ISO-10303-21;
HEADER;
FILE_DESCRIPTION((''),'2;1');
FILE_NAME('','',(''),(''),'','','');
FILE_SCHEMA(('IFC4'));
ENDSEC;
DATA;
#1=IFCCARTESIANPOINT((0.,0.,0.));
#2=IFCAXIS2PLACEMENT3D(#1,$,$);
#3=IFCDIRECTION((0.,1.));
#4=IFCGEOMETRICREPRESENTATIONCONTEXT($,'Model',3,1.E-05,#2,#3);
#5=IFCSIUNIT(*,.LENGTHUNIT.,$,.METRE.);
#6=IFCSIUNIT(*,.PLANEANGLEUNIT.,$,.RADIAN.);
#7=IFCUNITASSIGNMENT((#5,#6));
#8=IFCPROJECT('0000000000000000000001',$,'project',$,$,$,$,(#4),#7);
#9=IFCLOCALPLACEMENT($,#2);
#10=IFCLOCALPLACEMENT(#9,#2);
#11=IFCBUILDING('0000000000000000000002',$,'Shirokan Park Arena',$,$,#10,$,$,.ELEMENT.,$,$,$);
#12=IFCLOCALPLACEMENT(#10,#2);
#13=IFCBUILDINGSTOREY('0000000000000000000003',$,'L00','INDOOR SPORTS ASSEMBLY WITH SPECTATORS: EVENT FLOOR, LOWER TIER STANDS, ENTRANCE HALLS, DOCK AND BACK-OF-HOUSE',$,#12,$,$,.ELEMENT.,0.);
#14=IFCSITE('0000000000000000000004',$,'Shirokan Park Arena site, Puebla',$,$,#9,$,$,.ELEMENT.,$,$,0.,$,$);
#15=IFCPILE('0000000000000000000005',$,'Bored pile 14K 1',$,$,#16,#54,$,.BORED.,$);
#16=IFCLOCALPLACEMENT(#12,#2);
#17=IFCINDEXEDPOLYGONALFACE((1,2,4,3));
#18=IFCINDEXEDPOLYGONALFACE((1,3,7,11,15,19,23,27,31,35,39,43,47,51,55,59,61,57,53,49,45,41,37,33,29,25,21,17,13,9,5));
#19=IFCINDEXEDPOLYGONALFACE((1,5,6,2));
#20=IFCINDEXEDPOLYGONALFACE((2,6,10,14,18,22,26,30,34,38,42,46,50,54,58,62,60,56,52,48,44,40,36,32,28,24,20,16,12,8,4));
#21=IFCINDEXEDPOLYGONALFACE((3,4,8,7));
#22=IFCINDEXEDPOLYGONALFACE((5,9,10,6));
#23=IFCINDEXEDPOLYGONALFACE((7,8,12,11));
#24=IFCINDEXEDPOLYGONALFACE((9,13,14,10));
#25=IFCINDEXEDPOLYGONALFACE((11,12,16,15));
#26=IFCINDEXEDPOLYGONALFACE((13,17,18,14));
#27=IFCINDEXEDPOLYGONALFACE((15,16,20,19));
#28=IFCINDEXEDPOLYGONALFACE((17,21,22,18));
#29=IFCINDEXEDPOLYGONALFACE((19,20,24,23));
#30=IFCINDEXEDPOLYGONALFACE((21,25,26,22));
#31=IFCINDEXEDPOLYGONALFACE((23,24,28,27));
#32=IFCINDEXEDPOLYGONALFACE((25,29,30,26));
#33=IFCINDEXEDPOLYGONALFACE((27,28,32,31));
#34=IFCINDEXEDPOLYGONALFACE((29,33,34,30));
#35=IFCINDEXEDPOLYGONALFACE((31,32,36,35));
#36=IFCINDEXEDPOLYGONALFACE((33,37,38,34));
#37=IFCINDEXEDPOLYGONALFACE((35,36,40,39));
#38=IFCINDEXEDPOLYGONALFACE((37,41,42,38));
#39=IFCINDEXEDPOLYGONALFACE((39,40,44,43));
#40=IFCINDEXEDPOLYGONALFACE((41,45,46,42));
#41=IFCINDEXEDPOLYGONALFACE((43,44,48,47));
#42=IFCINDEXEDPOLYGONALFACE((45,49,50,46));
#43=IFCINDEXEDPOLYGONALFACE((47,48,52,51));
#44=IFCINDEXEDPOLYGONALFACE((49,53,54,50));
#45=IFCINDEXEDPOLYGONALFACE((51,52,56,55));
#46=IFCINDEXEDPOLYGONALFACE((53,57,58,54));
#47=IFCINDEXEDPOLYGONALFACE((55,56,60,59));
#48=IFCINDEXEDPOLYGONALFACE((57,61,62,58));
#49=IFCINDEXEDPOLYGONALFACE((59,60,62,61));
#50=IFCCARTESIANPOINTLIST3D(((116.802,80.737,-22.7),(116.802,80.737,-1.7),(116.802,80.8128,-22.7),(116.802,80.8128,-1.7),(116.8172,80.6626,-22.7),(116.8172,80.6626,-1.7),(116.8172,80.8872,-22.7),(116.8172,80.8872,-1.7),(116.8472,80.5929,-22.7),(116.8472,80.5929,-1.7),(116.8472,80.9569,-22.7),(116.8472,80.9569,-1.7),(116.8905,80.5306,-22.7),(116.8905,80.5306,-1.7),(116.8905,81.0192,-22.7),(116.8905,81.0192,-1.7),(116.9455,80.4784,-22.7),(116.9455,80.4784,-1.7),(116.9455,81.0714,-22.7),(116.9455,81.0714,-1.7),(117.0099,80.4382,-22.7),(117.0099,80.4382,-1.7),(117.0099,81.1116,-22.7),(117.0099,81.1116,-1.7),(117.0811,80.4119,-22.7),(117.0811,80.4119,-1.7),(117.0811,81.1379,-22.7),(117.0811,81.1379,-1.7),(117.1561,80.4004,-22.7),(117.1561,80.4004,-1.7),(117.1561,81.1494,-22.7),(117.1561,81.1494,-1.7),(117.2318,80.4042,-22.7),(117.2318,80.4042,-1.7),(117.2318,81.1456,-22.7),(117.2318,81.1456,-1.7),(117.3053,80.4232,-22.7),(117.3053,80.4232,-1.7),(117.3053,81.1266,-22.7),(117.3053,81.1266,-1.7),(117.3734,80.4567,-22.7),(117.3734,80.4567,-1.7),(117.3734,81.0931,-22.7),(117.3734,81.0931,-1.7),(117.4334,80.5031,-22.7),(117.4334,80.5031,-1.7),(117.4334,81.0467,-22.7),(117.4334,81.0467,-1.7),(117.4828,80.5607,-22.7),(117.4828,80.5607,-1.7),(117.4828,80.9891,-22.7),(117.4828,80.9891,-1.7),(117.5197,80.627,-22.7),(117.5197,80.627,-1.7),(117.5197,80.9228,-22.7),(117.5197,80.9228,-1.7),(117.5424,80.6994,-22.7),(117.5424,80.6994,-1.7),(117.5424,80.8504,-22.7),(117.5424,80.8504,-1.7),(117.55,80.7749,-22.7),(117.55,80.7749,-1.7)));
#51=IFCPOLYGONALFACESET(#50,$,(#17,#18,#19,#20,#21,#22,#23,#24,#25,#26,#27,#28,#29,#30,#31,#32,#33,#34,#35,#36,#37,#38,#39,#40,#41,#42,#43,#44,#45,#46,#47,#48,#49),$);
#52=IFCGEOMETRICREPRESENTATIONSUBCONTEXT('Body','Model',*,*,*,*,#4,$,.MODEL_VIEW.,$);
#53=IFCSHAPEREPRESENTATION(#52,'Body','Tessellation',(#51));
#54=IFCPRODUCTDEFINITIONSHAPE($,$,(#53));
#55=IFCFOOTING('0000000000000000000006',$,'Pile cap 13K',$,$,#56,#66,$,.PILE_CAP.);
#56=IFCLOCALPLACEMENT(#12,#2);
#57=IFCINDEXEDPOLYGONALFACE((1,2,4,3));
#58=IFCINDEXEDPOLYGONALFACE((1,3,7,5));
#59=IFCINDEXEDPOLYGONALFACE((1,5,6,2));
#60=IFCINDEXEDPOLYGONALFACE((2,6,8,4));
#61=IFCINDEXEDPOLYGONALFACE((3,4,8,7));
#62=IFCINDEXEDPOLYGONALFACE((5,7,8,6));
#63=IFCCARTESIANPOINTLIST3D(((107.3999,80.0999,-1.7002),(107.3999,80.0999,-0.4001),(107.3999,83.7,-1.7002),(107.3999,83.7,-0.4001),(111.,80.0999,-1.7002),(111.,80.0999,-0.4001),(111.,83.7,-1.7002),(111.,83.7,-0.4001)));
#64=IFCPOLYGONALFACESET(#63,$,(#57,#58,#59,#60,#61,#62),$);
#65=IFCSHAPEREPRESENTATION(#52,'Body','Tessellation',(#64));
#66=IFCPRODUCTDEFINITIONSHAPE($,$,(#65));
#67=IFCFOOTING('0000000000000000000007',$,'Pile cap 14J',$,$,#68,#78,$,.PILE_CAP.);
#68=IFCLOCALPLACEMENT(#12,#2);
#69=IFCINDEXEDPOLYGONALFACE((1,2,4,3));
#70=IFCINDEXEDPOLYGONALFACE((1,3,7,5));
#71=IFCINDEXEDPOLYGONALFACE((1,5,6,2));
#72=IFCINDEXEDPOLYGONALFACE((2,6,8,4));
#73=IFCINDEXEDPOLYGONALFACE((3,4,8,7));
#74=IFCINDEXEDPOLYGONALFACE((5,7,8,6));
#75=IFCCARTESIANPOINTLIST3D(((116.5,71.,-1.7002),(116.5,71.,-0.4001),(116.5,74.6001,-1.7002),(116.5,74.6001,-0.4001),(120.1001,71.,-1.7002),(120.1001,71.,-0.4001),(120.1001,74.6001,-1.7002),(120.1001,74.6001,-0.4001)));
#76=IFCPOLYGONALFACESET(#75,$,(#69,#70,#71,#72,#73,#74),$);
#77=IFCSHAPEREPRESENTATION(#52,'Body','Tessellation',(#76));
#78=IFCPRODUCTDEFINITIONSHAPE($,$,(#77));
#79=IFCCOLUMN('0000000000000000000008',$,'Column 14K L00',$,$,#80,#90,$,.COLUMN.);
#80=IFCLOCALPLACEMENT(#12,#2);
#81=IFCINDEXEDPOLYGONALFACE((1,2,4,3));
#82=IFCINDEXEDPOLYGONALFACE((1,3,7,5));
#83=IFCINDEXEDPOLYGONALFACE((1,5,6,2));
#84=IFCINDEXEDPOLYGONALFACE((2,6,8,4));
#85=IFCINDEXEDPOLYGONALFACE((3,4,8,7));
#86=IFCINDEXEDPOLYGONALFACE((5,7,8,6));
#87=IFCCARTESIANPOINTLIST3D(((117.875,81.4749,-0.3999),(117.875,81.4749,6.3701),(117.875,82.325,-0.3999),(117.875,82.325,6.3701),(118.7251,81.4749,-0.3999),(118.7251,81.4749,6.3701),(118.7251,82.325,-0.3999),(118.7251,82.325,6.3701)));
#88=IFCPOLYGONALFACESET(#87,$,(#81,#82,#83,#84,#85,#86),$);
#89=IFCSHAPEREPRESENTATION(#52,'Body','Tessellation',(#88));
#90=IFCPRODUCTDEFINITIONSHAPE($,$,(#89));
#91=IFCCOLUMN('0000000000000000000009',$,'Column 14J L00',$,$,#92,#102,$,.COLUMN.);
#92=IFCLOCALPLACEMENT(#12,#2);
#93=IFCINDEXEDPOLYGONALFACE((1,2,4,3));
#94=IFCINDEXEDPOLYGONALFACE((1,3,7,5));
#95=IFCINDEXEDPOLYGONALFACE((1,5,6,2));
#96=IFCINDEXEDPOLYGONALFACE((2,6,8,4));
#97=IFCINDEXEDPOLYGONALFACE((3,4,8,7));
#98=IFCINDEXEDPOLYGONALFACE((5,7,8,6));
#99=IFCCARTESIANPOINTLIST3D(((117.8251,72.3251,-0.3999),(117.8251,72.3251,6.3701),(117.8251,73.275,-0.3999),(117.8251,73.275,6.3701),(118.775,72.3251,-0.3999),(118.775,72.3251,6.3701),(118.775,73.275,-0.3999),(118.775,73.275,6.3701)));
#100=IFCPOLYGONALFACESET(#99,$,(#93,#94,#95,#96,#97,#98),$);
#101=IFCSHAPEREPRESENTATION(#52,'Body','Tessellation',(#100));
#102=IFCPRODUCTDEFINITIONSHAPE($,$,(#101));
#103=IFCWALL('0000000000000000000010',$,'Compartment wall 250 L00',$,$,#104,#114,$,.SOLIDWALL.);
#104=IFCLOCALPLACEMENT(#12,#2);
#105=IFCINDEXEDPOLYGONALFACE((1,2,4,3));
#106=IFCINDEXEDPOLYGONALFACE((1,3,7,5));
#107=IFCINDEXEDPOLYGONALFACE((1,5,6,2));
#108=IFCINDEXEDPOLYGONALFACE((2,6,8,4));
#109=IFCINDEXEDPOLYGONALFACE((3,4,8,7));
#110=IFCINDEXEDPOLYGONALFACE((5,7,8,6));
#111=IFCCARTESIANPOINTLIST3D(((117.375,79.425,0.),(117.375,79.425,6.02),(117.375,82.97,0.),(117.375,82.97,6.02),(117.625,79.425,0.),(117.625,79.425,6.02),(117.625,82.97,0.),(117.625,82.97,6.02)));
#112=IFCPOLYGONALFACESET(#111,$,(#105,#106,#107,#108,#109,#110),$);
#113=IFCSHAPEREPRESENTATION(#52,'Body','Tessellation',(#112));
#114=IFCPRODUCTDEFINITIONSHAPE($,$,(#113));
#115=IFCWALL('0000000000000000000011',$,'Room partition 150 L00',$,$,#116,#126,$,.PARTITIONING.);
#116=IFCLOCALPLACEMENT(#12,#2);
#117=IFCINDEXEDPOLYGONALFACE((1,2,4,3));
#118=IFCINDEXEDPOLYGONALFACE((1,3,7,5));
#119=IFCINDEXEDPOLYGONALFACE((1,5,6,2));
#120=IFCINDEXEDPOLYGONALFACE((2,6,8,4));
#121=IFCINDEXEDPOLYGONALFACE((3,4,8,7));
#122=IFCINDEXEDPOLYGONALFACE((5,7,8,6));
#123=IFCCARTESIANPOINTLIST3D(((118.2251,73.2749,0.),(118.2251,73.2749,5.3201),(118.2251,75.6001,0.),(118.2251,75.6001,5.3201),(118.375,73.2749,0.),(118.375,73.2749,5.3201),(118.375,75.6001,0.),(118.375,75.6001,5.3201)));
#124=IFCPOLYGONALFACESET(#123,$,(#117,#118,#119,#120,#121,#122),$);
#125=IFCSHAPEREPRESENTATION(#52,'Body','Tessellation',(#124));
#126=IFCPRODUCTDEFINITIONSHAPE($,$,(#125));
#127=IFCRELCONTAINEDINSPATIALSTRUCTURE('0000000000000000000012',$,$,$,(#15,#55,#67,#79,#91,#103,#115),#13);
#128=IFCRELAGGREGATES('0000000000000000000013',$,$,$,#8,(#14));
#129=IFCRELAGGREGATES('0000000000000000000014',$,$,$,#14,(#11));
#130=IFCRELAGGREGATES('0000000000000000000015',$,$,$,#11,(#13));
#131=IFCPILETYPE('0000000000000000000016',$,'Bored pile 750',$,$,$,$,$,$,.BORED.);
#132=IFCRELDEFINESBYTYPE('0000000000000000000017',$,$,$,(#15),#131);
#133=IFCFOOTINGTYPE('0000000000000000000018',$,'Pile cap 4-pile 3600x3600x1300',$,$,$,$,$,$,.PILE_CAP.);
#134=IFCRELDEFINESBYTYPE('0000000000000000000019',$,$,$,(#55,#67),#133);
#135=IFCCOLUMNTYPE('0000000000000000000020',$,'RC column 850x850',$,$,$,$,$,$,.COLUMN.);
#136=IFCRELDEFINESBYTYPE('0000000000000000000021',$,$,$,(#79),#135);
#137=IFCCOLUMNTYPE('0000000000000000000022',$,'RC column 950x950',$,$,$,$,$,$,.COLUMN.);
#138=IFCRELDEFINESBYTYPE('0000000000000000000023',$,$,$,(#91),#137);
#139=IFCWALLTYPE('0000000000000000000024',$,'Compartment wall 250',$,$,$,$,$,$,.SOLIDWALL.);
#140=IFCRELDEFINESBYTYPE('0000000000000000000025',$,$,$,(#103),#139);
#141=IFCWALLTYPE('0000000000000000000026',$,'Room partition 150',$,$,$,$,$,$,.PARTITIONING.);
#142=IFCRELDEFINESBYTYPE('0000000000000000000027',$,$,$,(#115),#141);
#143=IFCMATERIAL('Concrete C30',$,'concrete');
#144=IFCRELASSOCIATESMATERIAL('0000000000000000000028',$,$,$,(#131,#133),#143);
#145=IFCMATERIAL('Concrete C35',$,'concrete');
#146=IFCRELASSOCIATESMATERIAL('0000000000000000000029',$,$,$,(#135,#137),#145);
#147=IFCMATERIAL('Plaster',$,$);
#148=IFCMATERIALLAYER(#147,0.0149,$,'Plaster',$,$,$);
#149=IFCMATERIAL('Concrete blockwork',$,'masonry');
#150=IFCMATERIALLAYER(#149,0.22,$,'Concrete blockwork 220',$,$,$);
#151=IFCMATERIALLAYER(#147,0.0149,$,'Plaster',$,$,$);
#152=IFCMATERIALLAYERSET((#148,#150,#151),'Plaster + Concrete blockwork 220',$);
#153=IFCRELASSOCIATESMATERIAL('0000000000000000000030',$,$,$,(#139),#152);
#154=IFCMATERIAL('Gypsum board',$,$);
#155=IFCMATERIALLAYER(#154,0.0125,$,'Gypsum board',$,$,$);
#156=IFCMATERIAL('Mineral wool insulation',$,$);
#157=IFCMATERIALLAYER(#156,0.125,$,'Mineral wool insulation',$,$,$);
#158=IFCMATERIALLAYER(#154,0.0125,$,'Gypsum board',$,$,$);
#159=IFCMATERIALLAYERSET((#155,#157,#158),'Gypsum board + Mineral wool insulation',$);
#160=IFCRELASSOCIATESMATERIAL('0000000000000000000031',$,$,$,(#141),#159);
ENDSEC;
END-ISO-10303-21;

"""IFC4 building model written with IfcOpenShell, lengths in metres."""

from ifc_helpers import new_model, si_unit, direction, frame, frame_2d, origin, origin_2d, place, context, subcontext, project, spatial, rectangle, circle, extrude, material, layer, layer_set, material_profile, profile_set, type_object, element, save


model = new_model("IFC4")

# Units and contexts
model_context = context("Model", 3, precision=1e-05, world=origin(), true_north=direction((0.0, 1.0)))
body_context = subcontext(model_context, "Body", "Model", "MODEL_VIEW")
ifc_project = project(units=[si_unit("LENGTHUNIT", "METRE"), si_unit("PLANEANGLEUNIT", "RADIAN")], contexts=[model_context])

# Site, building, storey
site_placement = place(None, origin())
site = spatial("IfcSite", under=ifc_project, at=site_placement, Name="Shirokan Park Arena site, Puebla", CompositionType="ELEMENT", RefElevation=0.0)
building_placement = place(site_placement, origin())
building = spatial("IfcBuilding", under=site, at=building_placement, Name="Shirokan Park Arena", CompositionType="ELEMENT")
storey_placement = place(building_placement, origin())
storey = spatial("IfcBuildingStorey", under=building, at=storey_placement, Name="L00", Description="INDOOR SPORTS ASSEMBLY WITH SPECTATORS: EVENT FLOOR, LOWER TIER STANDS, ENTRANCE HALLS, DOCK AND BACK-OF-HOUSE", CompositionType="ELEMENT", Elevation=0.0)

# Pile
ifc_material_1 = material(Name="Concrete C30", Category="concrete")
ifc_material_profile_1 = material_profile(ifc_material_1, circle(Radius=0.375, at=origin_2d()), Name="D750")
ifc_profile_set_1 = profile_set([ifc_material_profile_1], Name="Concrete C30")
pile_type = type_object("IfcPileType", Name="Bored pile 750", PredefinedType="BORED", material=ifc_profile_set_1)
for number, where, z_axis, x_axis, name in (
    (1, (117.175, 80.7749, -1.7), (0.0, 0.0, -1.0), (1.0, 0.0, 0.0), "Bored pile 14K 1"),
):
    element("IfcPile", number, at=place(storey_placement, frame(where, z_axis=z_axis, x_axis=x_axis)), inside=storey, type_object=pile_type, Name=name, PredefinedType="BORED", context=body_context, shape_type="SweptSolid", body=[
        extrude(circle(Radius=0.375, at=origin_2d()), origin(), (0.0, 0.0, 1.0), 21.0),
    ])

# Footings
footing_type = type_object("IfcFootingType", Name="Pile cap 4-pile 3600x3600x1300", PredefinedType="PILE_CAP", material=ifc_material_1)
for number, where, z_axis, x_axis, name in (
    (2, (109.2, 81.8999, -1.7002), (0.0, 0.0, 1.0), (1.0, 0.0, 0.0), "Pile cap 13K"),
    (3, (118.3, 72.8, -1.7002), (0.0, 0.0, 1.0), (1.0, 0.0, 0.0), "Pile cap 14J"),
):
    element("IfcFooting", number, at=place(storey_placement, frame(where, z_axis=z_axis, x_axis=x_axis)), inside=storey, type_object=footing_type, Name=name, PredefinedType="PILE_CAP", context=body_context, shape_type="SweptSolid", body=[
        extrude(rectangle(XDim=3.6001, YDim=3.6001, at=origin_2d()), origin(), (0.0, 0.0, 1.0), 1.3),
    ])

# Columns
ifc_material_2 = material(Name="Concrete C35", Category="concrete")
ifc_material_profile_2 = material_profile(ifc_material_2, rectangle(XDim=0.8501, YDim=0.8501, at=origin_2d()), Name="850x850")
ifc_profile_set_2 = profile_set([ifc_material_profile_2], Name="Concrete C35")
column_type_1 = type_object("IfcColumnType", Name="RC column 850x850", PredefinedType="COLUMN", material=ifc_profile_set_2)
column_1_placement = place(storey_placement, frame((118.3, 81.8999, -0.3999), z_axis=(0.0, 0.0, 1.0), x_axis=(1.0, 0.0, 0.0)))
element("IfcColumn", 4, at=column_1_placement, inside=storey, type_object=column_type_1, Name="Column 14K L00", PredefinedType="COLUMN", context=body_context, shape_type="SweptSolid", body=[
    extrude(rectangle(XDim=0.8501, YDim=0.8501, at=origin_2d()), origin(), (0.0, 0.0, 1.0), 6.77),
])
ifc_material_profile_3 = material_profile(ifc_material_2, rectangle(XDim=0.95, YDim=0.95, at=origin_2d()), Name="950x950")
ifc_profile_set_3 = profile_set([ifc_material_profile_3], Name="Concrete C35")
column_type_2 = type_object("IfcColumnType", Name="RC column 950x950", PredefinedType="COLUMN", material=ifc_profile_set_3)
column_2_placement = place(storey_placement, frame((118.3, 72.8, -0.3999), z_axis=(0.0, 0.0, 1.0), x_axis=(1.0, 0.0, 0.0)))
element("IfcColumn", 5, at=column_2_placement, inside=storey, type_object=column_type_2, Name="Column 14J L00", PredefinedType="COLUMN", context=body_context, shape_type="SweptSolid", body=[
    extrude(rectangle(XDim=0.95, YDim=0.95, at=origin_2d()), origin(), (0.0, 0.0, 1.0), 6.77),
])

# Walls
ifc_material_3 = material(Name="Plaster")
ifc_layer_1 = layer(ifc_material_3, 0.0149, Name="Plaster")
ifc_material_4 = material(Name="Concrete blockwork", Category="masonry")
ifc_layer_2 = layer(ifc_material_4, 0.22, Name="Concrete blockwork 220")
ifc_layer_3 = layer(ifc_material_3, 0.0149, Name="Plaster")
ifc_layer_set_1 = layer_set([ifc_layer_1, ifc_layer_2, ifc_layer_3], Name="Plaster + Concrete blockwork 220")
wall_type_1 = type_object("IfcWallType", Name="Compartment wall 250", PredefinedType="SOLIDWALL", material=ifc_layer_set_1)
wall_1_placement = place(storey_placement, frame((117.5, 79.425, 0.0), z_axis=(0.0, 0.0, 1.0), x_axis=(0.0, 1.0, 0.0)))
element("IfcWall", 6, at=wall_1_placement, inside=storey, type_object=wall_type_1, Name="Compartment wall 250 L00", PredefinedType="SOLIDWALL", context=body_context, shape_type="SweptSolid", body=[
    extrude(rectangle(XDim=3.5449, YDim=0.25, at=frame_2d((1.7725, 0.0))), origin(), (0.0, 0.0, 1.0), 6.02),
])
ifc_material_5 = material(Name="Gypsum board")
ifc_layer_4 = layer(ifc_material_5, 0.0125, Name="Gypsum board")
ifc_material_6 = material(Name="Mineral wool insulation")
ifc_layer_5 = layer(ifc_material_6, 0.125, Name="Mineral wool insulation")
ifc_layer_6 = layer(ifc_material_5, 0.0125, Name="Gypsum board")
ifc_layer_set_2 = layer_set([ifc_layer_4, ifc_layer_5, ifc_layer_6], Name="Gypsum board + Mineral wool insulation")
wall_type_2 = type_object("IfcWallType", Name="Room partition 150", PredefinedType="PARTITIONING", material=ifc_layer_set_2)
wall_2_placement = place(storey_placement, frame((118.3, 73.2749, 0.0), z_axis=(0.0, 0.0, 1.0), x_axis=(0.0, 1.0, 0.0)))
element("IfcWall", 7, at=wall_2_placement, inside=storey, type_object=wall_type_2, Name="Room partition 150 L00", PredefinedType="PARTITIONING", context=body_context, shape_type="SweptSolid", body=[
    extrude(rectangle(XDim=2.3252, YDim=0.1499, at=frame_2d((1.1626, 0.0))), origin(), (0.0, 0.0, 1.0), 5.3201),
])

save(model, "model.ifc")
